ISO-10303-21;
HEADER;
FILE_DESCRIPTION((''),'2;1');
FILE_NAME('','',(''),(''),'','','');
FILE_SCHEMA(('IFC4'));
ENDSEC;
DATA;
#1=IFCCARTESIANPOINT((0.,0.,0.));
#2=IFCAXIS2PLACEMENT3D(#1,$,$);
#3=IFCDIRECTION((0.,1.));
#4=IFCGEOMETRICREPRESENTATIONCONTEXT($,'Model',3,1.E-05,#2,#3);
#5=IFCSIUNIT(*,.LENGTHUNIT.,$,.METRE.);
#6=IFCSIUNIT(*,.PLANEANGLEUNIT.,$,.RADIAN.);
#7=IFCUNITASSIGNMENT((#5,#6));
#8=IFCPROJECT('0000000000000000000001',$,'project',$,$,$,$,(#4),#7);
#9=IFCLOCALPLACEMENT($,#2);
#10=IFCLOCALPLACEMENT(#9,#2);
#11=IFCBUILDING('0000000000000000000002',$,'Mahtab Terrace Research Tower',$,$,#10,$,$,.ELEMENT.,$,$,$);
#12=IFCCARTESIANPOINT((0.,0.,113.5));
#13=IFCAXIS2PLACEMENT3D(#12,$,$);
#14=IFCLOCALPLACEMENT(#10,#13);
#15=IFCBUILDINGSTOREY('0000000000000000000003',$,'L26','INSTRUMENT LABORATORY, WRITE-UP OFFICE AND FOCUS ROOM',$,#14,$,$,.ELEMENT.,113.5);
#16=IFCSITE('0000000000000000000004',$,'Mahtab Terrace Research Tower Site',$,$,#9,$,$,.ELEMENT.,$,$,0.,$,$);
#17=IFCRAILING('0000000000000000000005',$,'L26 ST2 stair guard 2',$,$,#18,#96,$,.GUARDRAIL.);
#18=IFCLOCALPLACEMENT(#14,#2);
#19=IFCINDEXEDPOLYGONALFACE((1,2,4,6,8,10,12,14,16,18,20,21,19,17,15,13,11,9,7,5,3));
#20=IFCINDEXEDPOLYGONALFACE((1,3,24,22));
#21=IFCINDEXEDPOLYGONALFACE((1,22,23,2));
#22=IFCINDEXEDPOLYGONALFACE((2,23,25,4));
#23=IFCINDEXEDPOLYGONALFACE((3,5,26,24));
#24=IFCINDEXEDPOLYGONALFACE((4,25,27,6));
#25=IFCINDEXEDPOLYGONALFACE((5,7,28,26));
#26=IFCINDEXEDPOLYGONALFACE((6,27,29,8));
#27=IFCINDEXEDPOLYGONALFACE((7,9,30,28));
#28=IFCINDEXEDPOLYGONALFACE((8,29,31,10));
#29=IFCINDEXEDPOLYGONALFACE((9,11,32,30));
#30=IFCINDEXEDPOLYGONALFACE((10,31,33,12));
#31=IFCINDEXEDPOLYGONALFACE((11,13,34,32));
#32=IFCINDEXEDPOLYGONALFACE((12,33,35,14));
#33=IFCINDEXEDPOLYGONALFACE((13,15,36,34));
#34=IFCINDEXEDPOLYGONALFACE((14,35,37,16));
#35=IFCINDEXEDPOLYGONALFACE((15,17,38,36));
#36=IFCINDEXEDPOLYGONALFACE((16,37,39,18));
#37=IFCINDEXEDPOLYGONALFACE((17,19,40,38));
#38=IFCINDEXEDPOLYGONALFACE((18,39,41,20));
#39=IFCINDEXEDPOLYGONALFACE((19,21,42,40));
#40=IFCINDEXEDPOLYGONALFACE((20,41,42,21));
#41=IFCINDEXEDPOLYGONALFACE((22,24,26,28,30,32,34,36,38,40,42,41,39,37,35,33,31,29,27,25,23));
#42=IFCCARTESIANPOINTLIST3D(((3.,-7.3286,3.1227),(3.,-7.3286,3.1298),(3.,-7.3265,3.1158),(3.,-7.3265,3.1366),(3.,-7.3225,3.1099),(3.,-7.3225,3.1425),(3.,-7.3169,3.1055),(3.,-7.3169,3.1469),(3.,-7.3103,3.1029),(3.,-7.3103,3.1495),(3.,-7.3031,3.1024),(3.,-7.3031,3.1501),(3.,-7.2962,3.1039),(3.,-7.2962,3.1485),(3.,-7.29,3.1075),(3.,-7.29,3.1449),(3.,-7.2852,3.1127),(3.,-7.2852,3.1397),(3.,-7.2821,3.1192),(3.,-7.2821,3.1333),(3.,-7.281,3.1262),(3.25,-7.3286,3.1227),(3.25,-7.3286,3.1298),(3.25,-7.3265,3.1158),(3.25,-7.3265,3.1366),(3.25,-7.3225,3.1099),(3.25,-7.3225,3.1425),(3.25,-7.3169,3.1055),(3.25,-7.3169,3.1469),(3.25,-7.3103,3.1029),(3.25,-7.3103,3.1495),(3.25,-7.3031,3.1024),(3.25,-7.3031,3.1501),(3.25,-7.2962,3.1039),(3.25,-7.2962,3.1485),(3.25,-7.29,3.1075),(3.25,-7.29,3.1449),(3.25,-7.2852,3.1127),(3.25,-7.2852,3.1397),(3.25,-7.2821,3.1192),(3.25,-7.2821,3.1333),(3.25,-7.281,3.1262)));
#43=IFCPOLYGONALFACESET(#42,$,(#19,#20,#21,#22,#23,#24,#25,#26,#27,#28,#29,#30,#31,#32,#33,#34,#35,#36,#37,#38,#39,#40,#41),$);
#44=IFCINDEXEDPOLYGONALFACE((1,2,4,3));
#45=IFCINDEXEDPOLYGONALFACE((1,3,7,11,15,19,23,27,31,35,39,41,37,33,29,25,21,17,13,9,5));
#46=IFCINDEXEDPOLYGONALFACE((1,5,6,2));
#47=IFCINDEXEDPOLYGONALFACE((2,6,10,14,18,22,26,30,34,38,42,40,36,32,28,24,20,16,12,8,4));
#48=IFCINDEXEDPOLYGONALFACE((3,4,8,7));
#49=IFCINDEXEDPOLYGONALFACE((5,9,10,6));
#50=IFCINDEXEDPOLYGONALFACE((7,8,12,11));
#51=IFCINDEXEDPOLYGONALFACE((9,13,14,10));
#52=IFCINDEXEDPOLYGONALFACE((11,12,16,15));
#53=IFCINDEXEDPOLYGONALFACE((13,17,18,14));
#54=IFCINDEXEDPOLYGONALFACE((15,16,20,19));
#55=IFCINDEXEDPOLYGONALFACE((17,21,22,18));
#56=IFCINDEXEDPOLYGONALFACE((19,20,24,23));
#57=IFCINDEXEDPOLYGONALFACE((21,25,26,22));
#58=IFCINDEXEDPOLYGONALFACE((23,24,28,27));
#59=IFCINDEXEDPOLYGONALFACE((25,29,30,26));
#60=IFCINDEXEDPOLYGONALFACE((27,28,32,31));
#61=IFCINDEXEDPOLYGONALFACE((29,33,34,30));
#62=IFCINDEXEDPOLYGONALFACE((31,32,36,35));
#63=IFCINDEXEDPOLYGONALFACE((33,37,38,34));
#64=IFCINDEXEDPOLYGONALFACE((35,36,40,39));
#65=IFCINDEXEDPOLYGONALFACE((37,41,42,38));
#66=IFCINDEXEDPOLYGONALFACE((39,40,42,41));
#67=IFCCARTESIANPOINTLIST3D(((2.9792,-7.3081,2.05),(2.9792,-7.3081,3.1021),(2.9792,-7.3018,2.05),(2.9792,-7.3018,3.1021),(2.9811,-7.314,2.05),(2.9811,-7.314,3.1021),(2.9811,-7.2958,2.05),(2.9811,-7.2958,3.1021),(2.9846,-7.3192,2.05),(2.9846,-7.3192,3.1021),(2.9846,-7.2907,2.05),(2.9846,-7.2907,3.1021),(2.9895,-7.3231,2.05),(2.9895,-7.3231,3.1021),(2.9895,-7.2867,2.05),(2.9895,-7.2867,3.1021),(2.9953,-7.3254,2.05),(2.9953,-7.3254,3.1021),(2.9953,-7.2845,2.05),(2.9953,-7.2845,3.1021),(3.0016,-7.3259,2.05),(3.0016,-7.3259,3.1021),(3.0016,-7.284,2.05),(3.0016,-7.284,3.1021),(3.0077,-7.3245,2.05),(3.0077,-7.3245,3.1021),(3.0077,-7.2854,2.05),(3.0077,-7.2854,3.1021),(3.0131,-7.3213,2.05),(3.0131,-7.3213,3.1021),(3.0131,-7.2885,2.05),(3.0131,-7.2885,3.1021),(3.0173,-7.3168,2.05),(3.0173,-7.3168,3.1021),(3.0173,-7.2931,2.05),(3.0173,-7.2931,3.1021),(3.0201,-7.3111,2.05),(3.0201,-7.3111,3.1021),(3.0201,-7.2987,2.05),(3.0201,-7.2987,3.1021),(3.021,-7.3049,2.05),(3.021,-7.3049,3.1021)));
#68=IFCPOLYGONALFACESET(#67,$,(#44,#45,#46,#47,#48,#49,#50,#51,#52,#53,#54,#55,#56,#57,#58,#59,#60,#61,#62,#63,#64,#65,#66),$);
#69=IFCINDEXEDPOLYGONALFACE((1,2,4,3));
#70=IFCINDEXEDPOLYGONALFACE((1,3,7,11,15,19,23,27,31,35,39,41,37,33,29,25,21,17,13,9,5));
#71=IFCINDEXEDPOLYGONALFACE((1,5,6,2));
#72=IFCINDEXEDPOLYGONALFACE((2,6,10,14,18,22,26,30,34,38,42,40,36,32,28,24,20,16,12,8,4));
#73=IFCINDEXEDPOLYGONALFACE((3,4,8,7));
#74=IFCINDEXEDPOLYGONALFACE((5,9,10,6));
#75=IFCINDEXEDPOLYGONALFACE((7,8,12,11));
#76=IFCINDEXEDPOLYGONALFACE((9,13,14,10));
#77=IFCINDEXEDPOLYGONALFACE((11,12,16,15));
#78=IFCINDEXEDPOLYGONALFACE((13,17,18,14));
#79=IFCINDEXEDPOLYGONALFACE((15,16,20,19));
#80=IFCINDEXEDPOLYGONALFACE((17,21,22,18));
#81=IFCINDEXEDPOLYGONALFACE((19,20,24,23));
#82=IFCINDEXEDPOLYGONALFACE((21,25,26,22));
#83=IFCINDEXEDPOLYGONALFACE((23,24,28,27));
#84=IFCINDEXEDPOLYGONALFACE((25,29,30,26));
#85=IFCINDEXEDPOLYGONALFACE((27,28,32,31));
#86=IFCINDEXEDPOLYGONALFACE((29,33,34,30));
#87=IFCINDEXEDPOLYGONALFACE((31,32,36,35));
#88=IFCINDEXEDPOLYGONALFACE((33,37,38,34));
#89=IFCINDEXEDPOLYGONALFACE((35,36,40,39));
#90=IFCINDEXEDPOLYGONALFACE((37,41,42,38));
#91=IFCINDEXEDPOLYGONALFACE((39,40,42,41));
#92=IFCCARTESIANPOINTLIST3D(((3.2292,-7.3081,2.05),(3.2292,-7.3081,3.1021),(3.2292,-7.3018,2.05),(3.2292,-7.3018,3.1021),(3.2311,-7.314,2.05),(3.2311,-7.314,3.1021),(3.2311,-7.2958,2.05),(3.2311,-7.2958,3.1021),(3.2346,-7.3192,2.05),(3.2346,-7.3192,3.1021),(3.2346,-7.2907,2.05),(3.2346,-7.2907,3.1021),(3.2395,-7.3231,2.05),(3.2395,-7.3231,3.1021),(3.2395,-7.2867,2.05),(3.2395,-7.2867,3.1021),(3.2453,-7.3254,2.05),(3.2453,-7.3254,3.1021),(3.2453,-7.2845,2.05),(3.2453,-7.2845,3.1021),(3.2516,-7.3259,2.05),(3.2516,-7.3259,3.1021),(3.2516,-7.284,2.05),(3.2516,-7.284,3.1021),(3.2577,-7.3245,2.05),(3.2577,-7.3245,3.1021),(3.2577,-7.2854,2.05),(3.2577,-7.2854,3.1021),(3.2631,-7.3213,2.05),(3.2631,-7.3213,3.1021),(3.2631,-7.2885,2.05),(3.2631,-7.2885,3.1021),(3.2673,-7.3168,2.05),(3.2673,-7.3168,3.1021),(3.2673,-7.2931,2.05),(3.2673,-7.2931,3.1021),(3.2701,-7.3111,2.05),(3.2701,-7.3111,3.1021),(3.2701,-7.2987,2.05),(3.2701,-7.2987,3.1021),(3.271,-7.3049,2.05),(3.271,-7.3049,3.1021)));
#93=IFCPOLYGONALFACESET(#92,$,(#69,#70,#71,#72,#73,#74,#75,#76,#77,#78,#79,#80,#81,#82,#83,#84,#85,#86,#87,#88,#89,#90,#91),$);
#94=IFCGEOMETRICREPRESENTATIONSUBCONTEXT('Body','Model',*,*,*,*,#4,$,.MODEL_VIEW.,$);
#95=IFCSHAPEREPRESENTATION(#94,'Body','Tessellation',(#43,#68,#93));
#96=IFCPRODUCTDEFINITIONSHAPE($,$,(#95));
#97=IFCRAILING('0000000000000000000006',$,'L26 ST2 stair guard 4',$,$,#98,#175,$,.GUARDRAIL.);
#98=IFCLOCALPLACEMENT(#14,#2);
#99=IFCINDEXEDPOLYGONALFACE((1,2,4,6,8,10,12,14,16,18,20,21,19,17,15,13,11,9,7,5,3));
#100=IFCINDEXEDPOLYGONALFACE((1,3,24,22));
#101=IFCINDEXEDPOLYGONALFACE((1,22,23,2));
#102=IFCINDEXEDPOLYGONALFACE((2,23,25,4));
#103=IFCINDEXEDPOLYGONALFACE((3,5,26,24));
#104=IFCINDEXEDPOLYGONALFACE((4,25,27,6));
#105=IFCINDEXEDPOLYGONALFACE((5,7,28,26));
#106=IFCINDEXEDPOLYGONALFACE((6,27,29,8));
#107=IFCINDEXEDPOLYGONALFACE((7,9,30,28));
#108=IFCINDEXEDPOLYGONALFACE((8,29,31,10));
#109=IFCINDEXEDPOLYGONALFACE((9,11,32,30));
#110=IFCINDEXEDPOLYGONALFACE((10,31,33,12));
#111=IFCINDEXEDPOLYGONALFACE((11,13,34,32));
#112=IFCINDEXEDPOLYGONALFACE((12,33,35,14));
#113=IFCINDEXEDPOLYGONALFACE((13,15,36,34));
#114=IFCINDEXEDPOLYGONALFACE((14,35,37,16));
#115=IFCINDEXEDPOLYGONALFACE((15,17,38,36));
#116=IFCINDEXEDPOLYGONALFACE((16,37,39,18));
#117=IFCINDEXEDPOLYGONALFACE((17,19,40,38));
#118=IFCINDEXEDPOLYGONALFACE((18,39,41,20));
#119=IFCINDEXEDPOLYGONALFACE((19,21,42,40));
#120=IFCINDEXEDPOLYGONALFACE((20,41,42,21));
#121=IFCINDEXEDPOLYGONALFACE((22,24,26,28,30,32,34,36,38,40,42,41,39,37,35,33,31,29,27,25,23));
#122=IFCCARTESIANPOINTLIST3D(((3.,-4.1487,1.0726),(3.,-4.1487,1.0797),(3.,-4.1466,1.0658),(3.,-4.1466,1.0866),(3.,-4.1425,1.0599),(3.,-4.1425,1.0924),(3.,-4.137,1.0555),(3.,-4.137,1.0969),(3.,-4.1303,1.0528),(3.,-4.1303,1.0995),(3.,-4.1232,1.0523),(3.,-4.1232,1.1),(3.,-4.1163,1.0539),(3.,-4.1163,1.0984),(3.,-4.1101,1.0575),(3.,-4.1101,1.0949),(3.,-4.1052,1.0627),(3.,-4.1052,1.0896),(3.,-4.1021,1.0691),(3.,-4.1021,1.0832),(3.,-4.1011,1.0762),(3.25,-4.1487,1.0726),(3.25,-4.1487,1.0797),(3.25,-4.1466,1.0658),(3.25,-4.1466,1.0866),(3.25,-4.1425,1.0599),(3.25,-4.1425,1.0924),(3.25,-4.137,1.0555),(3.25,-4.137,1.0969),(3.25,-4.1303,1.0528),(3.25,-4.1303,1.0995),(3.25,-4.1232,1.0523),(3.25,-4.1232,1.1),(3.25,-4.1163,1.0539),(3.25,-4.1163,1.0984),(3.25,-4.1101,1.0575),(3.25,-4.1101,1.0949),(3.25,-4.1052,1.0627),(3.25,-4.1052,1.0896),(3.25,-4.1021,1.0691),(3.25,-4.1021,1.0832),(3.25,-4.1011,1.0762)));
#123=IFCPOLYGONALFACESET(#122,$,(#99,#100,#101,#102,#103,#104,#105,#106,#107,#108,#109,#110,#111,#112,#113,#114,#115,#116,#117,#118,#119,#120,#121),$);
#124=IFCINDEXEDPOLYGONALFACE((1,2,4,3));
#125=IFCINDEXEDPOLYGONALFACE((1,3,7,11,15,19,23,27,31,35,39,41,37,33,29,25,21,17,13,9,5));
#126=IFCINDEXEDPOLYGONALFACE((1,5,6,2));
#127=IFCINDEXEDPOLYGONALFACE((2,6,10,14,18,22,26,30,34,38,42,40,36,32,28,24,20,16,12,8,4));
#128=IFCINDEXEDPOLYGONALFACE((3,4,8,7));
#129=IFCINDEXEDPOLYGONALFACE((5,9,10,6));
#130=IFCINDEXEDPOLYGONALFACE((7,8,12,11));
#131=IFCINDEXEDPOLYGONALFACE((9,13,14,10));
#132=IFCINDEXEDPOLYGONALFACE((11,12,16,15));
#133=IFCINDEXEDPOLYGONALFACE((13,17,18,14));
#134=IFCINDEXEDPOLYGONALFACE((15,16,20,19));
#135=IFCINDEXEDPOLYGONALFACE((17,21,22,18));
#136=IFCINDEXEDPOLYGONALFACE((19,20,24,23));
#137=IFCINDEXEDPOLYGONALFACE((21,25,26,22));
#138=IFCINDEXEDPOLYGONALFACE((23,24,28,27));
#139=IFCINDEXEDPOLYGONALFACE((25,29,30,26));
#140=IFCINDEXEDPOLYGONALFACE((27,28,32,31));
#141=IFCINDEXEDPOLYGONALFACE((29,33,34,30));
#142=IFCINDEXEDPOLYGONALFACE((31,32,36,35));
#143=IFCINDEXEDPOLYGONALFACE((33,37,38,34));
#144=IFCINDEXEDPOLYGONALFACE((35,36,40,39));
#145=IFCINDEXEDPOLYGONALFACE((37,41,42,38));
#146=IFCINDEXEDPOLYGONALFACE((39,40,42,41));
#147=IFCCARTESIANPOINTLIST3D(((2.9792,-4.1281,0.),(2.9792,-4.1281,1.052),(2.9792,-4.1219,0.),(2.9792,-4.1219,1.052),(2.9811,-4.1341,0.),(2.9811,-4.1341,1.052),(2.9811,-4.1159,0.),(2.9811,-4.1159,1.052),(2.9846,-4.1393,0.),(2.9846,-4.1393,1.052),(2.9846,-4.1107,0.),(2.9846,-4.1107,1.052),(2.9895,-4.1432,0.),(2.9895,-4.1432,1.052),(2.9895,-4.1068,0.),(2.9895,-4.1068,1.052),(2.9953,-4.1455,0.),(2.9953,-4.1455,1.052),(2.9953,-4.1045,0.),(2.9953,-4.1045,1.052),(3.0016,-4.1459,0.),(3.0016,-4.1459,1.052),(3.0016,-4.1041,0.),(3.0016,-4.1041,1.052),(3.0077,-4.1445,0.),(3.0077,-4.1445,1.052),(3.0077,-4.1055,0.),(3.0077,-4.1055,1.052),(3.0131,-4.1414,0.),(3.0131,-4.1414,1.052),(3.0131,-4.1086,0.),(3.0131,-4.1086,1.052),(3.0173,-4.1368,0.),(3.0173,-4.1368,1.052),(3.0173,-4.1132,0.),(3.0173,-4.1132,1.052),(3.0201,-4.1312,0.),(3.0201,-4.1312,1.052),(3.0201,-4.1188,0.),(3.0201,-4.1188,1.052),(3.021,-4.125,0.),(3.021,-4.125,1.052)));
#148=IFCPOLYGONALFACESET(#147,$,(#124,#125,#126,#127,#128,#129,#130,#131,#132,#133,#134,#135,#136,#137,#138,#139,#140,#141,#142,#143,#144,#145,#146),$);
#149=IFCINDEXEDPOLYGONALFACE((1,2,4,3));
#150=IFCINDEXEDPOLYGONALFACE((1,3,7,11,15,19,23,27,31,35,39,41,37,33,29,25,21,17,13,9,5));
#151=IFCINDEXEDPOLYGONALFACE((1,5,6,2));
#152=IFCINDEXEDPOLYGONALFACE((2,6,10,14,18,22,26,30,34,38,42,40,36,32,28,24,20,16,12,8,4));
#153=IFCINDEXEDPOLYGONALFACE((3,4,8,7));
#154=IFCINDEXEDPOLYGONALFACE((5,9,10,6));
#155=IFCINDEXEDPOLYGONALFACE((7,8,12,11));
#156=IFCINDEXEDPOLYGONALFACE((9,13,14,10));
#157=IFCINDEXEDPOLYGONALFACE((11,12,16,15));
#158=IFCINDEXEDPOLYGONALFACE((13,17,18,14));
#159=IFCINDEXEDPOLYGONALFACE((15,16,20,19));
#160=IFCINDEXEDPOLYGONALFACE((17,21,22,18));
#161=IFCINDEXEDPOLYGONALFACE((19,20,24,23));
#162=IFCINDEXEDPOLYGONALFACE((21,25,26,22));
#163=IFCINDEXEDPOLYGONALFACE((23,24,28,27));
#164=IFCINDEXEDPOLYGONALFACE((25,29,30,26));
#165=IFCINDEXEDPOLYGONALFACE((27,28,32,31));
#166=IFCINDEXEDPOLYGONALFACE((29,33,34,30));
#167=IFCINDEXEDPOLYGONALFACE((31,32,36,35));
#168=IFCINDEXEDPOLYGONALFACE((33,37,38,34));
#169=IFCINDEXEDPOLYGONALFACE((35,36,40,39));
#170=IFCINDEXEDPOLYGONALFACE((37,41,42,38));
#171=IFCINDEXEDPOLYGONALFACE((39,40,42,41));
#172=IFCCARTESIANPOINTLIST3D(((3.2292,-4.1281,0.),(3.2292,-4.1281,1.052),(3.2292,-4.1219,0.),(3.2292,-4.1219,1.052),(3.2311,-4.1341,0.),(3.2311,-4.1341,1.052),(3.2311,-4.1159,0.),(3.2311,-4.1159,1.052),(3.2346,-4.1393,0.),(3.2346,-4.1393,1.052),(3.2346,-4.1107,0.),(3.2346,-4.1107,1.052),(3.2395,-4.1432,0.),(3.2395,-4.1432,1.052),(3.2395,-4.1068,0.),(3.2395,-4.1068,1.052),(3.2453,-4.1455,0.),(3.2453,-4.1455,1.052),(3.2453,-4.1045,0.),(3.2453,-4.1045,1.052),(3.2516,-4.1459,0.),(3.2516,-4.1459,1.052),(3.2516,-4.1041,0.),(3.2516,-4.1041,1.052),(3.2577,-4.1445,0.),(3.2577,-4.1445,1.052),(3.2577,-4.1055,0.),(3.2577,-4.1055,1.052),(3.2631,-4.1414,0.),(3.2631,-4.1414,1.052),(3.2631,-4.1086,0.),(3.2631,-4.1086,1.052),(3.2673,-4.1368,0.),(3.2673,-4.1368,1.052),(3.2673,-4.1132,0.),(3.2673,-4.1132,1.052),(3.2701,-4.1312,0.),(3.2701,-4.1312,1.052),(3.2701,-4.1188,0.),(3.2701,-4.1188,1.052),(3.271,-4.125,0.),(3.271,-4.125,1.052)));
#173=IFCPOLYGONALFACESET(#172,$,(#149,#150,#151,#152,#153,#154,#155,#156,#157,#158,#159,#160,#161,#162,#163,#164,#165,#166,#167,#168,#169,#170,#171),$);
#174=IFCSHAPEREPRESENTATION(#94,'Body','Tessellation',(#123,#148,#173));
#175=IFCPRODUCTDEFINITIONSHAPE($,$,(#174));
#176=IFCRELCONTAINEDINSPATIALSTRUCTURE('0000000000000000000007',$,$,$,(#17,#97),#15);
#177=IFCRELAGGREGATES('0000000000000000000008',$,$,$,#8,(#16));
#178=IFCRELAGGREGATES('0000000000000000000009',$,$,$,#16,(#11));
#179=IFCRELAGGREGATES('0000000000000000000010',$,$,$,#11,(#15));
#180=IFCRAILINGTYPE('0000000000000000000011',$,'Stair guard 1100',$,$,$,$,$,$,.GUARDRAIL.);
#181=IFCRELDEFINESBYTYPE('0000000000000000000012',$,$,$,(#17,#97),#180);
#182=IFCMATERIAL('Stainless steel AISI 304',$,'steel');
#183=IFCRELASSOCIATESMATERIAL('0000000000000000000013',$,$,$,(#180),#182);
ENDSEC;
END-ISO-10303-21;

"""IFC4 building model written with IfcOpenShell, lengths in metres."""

from ifc_helpers import new_model, si_unit, direction, frame, origin, origin_2d, place, context, subcontext, project, spatial, circle, extrude, material, type_object, element, save


model = new_model("IFC4")

# Units and contexts
model_context = context("Model", 3, precision=1e-05, world=origin(), true_north=direction((0.0, 1.0)))
body_context = subcontext(model_context, "Body", "Model", "MODEL_VIEW")
ifc_project = project(units=[si_unit("LENGTHUNIT", "METRE"), si_unit("PLANEANGLEUNIT", "RADIAN")], contexts=[model_context])

# Site, building, storey
site_placement = place(None, origin())
site = spatial("IfcSite", under=ifc_project, at=site_placement, Name="Mahtab Terrace Research Tower Site", CompositionType="ELEMENT", RefElevation=0.0)
building_placement = place(site_placement, origin())
building = spatial("IfcBuilding", under=site, at=building_placement, Name="Mahtab Terrace Research Tower", CompositionType="ELEMENT")
storey_placement = place(building_placement, frame((0.0, 0.0, 113.5)))
storey = spatial("IfcBuildingStorey", under=building, at=storey_placement, Name="L26", Description="INSTRUMENT LABORATORY, WRITE-UP OFFICE AND FOCUS ROOM", CompositionType="ELEMENT", Elevation=113.5)

# Railings
ifc_material_1 = material(Name="Stainless steel AISI 304", Category="steel")
railing_type_1 = type_object("IfcRailingType", Name="Stair guard 1100", PredefinedType="GUARDRAIL", material=ifc_material_1)
for number, where, name in (
    (1, (3.0, -7.3049, 2.05), "L26 ST2 stair guard 2"),
    (2, (3.0, -4.125, 0.0), "L26 ST2 stair guard 4"),
):
    element("IfcRailing", number, at=place(storey_placement, frame(where)), inside=storey, type_object=railing_type_1, Name=name, PredefinedType="GUARDRAIL", context=body_context, shape_type="SweptSolid", body=[
        extrude(circle(Radius=0.0239, at=origin_2d()), frame((0.0, 0.0, 1.0762), z_axis=(1.0, 0.0, 0.0), x_axis=(0.0, 1.0, 0.0)), (0.0, 0.0, 1.0), 0.25),
        extrude(circle(Radius=0.021, at=origin_2d()), origin(), (0.0, 0.0, 1.0), 1.052),
        extrude(circle(Radius=0.021, at=origin_2d()), frame((0.25, 0.0, 0.0)), (0.0, 0.0, 1.0), 1.052),
    ])

save(model, "model.ifc")
